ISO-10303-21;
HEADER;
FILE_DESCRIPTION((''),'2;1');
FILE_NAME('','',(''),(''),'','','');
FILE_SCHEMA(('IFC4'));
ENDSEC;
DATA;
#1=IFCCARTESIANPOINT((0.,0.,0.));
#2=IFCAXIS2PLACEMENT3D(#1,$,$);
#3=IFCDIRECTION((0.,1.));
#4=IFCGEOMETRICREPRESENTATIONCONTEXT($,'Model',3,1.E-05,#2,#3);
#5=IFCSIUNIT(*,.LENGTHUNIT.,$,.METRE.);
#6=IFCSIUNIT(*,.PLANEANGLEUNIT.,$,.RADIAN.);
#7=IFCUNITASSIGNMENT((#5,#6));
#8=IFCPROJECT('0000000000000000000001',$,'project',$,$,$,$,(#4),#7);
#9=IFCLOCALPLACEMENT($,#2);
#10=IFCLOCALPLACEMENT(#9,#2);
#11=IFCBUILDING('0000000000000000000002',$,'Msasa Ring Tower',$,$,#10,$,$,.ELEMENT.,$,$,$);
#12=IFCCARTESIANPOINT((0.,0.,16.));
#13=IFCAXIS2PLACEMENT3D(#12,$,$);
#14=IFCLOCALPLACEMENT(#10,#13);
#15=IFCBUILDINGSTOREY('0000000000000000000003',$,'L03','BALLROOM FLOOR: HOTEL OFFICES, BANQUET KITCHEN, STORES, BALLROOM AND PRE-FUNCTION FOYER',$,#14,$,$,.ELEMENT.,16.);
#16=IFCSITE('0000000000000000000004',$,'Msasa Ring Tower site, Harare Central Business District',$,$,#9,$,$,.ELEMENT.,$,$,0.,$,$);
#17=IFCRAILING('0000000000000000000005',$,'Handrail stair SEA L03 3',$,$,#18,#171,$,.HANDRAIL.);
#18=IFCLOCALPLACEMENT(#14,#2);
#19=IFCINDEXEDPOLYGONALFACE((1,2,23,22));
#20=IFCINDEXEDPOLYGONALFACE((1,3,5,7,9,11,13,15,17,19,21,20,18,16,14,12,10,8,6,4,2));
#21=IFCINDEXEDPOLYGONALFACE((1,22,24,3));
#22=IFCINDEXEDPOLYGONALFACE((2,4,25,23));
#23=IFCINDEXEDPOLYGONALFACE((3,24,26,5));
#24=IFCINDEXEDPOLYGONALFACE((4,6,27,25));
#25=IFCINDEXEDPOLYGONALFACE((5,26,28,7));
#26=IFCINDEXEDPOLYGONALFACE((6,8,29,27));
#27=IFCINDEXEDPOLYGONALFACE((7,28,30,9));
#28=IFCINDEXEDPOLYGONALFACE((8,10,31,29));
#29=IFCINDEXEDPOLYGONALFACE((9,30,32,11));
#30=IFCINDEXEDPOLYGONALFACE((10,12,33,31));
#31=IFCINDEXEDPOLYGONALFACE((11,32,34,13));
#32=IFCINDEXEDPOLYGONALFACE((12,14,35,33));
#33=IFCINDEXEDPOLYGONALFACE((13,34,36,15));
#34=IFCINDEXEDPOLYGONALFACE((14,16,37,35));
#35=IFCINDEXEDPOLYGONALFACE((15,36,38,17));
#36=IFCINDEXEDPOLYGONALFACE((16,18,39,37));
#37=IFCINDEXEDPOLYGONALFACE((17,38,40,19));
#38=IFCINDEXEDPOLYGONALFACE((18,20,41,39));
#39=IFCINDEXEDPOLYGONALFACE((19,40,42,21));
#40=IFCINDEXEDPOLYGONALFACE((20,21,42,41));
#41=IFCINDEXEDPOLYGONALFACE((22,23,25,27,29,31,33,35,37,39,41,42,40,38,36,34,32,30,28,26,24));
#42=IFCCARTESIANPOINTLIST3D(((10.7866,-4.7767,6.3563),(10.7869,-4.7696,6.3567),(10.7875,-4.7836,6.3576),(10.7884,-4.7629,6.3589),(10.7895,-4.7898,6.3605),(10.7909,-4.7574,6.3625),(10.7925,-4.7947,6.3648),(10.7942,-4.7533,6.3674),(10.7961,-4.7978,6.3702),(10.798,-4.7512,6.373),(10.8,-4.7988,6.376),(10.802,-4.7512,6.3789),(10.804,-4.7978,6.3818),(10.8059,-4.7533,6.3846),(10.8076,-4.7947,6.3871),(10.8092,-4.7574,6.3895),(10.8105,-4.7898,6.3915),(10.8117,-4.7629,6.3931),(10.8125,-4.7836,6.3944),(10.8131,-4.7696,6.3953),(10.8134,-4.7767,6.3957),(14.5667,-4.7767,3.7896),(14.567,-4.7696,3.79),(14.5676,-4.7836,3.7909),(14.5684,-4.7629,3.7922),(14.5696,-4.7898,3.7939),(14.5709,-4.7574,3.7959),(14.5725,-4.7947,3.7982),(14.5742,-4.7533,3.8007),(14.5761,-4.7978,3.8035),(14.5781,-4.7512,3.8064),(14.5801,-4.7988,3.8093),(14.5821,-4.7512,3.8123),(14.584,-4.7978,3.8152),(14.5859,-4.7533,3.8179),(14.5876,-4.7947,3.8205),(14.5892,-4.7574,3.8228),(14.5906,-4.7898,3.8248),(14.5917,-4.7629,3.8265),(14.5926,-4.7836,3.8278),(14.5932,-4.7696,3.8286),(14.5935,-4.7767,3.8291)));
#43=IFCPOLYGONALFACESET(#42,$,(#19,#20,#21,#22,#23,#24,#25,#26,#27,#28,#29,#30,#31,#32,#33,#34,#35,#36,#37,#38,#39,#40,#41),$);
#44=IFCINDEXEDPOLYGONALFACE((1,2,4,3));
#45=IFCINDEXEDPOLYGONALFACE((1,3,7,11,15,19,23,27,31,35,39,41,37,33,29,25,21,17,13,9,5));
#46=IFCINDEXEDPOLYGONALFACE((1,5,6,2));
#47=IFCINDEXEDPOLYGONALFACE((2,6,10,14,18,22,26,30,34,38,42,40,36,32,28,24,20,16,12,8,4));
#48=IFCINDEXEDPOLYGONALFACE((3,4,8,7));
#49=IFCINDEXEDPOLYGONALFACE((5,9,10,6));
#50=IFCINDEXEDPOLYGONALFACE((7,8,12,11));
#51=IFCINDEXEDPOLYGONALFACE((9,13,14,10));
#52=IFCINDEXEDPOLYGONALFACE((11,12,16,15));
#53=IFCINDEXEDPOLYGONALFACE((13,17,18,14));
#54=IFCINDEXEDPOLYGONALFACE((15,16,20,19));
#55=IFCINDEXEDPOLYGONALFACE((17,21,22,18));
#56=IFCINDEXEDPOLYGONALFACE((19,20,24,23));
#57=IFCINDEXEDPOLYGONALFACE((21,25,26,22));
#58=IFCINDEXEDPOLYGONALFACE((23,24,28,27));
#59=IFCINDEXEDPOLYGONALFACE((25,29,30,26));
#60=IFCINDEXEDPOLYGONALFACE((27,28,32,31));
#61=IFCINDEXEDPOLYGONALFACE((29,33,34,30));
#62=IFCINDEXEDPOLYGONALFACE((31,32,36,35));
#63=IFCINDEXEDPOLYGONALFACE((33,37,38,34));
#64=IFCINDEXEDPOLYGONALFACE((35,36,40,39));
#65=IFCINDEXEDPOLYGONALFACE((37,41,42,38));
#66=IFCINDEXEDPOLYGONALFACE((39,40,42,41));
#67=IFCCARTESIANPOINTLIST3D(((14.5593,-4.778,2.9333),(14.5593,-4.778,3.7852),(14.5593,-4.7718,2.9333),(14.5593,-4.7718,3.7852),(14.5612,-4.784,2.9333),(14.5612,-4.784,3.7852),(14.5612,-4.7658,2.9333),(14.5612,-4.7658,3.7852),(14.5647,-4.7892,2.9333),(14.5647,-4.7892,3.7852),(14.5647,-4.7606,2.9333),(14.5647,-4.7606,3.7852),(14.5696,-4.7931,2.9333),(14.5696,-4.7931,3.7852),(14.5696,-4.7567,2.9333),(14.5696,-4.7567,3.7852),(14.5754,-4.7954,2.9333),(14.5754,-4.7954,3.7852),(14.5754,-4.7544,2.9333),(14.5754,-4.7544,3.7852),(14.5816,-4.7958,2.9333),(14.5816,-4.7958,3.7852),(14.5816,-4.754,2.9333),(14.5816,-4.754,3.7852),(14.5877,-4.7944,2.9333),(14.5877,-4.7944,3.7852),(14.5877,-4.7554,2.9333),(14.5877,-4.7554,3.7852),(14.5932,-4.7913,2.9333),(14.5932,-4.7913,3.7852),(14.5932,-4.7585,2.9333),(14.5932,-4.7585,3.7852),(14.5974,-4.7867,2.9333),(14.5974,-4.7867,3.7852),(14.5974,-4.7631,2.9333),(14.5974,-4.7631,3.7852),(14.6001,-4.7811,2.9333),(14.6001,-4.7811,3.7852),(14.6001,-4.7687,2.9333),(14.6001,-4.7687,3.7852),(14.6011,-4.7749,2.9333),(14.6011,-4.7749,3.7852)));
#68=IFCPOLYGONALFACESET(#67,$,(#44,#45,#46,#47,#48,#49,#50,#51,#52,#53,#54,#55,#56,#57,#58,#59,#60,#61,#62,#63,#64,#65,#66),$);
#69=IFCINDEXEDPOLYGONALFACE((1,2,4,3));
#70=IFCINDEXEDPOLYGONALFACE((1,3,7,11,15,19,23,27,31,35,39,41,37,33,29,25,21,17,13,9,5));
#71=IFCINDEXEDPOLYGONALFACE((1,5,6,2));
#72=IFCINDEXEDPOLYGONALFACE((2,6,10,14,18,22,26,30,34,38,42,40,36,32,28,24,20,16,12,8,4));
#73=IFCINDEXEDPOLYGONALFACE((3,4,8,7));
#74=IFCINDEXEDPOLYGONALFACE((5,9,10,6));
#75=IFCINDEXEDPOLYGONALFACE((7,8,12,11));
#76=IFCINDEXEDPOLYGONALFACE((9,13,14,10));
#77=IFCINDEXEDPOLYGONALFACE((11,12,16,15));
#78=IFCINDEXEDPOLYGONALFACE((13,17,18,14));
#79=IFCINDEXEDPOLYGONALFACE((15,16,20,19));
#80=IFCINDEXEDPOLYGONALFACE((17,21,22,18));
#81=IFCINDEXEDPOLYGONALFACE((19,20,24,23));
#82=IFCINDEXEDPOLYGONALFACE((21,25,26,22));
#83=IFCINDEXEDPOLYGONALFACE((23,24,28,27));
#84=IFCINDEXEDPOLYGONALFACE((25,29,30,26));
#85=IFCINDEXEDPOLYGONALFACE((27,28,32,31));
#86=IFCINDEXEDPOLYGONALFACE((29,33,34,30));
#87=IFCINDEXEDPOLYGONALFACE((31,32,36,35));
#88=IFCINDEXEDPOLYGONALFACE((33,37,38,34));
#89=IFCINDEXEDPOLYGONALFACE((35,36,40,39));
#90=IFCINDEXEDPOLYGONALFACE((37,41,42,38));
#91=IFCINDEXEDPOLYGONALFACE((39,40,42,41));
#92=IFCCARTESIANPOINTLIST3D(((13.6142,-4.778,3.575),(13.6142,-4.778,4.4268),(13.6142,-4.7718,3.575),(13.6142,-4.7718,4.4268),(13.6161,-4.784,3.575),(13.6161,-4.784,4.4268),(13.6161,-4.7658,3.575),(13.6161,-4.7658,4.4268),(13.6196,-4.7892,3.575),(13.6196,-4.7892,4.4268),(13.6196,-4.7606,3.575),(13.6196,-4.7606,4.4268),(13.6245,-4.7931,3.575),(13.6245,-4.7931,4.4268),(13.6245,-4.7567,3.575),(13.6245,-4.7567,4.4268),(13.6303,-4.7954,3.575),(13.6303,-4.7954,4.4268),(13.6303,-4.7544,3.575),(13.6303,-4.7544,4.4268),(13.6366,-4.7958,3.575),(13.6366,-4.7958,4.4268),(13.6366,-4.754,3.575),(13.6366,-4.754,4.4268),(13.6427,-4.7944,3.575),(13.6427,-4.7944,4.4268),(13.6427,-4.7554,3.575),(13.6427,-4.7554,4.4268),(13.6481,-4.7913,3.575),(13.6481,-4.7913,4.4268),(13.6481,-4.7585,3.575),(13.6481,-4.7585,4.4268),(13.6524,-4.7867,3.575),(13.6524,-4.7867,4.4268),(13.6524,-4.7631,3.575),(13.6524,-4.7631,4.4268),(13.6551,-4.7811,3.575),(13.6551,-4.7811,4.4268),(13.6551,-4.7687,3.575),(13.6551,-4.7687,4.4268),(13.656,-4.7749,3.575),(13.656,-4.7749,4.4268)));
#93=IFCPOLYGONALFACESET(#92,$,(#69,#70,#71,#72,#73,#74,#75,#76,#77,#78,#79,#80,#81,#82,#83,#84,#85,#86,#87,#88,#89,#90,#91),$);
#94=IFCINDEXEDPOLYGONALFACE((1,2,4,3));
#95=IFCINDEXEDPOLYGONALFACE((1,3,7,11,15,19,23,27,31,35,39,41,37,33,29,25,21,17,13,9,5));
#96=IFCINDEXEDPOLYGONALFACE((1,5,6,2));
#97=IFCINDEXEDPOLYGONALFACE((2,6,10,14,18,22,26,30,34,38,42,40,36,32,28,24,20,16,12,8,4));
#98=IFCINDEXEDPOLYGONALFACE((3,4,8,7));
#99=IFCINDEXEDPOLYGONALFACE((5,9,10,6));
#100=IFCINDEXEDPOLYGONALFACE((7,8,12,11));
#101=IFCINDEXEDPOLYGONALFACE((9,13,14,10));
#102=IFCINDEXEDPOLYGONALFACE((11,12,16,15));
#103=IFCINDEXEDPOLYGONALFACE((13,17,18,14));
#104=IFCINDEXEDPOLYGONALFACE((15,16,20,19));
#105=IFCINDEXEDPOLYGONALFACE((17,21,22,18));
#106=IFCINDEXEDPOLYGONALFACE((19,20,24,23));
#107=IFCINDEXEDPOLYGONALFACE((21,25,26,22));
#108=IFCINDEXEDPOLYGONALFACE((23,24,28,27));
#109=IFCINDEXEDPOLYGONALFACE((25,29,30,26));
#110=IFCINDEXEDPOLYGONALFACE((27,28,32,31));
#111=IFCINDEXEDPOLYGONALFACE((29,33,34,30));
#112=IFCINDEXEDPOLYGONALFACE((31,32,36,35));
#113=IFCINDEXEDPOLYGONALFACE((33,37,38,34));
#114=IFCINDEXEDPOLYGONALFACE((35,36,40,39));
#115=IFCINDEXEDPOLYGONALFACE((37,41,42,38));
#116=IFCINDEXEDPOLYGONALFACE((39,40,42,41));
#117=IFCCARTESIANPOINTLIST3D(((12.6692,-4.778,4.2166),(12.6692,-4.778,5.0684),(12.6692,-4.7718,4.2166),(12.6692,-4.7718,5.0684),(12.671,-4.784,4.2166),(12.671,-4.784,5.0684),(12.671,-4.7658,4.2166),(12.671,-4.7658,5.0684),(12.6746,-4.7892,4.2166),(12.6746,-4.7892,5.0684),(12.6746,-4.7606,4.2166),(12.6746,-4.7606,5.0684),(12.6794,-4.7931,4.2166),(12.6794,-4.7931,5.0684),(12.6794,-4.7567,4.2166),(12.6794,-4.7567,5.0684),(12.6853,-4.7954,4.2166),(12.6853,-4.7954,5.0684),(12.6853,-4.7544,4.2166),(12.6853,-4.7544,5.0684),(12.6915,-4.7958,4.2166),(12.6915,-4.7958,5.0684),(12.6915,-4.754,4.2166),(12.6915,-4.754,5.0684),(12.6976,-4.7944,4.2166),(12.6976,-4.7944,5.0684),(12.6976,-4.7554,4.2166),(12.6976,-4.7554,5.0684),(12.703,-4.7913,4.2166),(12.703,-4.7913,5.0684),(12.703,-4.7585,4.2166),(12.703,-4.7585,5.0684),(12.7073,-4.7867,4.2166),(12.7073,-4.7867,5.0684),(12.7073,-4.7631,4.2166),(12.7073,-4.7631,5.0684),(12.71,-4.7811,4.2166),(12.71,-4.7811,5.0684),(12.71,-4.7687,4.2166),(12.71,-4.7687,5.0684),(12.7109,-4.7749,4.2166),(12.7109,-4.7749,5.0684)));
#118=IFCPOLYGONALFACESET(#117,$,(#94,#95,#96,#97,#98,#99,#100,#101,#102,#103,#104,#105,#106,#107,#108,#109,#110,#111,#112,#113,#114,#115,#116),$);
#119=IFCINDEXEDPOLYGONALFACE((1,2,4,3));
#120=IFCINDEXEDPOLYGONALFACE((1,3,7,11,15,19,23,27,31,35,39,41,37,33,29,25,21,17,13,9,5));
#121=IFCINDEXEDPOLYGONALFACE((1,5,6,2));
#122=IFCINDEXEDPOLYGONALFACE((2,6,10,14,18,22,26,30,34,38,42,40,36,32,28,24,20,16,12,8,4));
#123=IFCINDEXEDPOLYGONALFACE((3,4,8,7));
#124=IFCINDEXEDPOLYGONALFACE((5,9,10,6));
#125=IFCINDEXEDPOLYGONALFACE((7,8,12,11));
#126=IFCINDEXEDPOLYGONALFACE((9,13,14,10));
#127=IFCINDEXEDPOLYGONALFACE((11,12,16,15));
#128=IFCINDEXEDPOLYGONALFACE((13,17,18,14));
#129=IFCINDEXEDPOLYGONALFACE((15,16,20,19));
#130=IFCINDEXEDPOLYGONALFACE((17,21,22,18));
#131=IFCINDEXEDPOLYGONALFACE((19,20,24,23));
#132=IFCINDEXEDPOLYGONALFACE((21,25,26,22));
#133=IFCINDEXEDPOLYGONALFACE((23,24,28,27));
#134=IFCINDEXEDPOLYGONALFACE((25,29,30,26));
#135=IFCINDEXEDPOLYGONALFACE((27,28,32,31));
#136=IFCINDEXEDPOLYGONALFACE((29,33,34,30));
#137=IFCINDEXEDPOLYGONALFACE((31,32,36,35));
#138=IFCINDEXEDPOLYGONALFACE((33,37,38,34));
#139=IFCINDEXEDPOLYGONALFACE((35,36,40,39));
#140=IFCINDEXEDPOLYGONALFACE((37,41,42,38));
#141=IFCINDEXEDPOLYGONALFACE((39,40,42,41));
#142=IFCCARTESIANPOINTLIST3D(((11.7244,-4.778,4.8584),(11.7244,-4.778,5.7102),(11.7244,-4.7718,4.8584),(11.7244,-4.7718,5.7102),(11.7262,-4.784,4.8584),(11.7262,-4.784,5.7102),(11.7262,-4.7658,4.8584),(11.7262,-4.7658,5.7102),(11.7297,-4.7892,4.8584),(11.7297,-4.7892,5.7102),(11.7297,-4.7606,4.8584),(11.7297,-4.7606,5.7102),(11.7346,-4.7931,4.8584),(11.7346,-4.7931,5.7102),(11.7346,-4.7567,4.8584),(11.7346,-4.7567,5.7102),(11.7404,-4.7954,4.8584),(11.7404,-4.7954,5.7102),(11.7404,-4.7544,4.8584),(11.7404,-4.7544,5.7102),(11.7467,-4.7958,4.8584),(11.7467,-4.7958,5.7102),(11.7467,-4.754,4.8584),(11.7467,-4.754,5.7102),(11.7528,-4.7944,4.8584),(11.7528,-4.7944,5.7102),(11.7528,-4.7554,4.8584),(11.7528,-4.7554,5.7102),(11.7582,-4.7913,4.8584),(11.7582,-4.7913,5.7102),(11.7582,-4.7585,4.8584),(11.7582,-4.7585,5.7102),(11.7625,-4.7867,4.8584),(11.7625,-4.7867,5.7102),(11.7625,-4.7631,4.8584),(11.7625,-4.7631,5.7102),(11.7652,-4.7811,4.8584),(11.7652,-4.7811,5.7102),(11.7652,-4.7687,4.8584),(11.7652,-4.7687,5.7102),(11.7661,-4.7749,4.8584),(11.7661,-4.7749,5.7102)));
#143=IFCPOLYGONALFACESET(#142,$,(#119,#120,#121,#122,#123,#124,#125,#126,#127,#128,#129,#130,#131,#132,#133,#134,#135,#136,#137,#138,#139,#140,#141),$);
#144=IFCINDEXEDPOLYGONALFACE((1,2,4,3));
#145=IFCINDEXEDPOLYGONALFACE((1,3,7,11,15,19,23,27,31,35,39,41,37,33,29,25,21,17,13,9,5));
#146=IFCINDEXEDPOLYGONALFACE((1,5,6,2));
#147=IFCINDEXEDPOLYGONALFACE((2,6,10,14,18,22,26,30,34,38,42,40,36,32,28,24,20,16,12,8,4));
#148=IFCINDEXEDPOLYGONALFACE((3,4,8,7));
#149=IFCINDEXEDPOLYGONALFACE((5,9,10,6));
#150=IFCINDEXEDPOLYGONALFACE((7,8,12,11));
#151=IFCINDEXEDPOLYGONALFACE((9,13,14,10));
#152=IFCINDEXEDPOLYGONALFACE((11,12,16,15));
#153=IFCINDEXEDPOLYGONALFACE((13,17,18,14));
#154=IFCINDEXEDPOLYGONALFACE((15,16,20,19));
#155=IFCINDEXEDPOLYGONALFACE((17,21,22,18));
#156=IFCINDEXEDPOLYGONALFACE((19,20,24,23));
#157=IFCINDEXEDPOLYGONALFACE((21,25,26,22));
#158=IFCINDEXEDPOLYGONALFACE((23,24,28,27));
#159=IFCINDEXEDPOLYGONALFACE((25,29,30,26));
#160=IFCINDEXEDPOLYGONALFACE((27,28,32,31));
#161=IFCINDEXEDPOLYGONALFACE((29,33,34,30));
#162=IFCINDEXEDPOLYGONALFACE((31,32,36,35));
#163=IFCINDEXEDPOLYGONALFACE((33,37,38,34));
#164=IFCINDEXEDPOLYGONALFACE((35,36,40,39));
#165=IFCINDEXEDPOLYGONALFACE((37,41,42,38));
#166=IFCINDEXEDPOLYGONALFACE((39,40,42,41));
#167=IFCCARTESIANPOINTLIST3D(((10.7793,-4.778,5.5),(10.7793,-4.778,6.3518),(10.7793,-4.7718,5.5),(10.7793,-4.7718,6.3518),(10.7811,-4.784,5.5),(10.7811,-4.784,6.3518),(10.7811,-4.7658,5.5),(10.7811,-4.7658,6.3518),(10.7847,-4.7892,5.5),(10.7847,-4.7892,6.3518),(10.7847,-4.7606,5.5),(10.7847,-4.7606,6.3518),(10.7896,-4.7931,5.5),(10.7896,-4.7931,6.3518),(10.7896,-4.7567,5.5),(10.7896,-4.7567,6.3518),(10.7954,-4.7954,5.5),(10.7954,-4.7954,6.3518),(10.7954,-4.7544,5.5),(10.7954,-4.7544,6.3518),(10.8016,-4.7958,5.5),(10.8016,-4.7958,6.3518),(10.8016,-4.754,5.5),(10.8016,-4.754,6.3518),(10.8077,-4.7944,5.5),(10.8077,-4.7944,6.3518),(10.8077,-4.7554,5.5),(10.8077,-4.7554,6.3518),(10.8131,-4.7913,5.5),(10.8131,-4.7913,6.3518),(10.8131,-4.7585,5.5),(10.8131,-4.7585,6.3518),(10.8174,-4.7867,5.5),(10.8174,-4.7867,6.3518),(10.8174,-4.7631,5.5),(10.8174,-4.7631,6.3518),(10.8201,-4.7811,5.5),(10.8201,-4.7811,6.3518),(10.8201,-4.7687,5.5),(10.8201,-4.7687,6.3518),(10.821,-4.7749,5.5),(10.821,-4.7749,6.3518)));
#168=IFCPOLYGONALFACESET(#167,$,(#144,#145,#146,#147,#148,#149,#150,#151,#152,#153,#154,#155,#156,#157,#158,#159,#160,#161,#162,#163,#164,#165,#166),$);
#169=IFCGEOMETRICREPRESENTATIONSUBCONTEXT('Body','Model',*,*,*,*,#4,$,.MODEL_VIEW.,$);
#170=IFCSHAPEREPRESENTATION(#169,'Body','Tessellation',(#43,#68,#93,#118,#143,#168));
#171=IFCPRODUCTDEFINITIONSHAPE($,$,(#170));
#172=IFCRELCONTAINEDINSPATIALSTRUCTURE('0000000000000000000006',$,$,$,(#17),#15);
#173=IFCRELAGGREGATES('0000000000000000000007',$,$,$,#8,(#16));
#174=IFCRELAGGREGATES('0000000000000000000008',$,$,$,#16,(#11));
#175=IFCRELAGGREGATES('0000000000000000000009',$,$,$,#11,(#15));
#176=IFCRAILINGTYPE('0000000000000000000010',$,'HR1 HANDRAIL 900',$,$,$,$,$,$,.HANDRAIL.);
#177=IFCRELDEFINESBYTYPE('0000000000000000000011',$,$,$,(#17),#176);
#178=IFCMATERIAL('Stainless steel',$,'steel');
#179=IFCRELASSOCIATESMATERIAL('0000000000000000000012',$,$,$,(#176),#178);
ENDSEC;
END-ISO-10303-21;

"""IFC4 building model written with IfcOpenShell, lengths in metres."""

from ifc_helpers import new_model, si_unit, direction, frame, origin, origin_2d, place, context, subcontext, project, spatial, circle, extrude, material, type_object, element, save


model = new_model("IFC4")

# Units and contexts
model_context = context("Model", 3, precision=1e-05, world=origin(), true_north=direction((0.0, 1.0)))
body_context = subcontext(model_context, "Body", "Model", "MODEL_VIEW")
ifc_project = project(units=[si_unit("LENGTHUNIT", "METRE"), si_unit("PLANEANGLEUNIT", "RADIAN")], contexts=[model_context])

# Site, building, storey
site_placement = place(None, origin())
site = spatial("IfcSite", under=ifc_project, at=site_placement, Name="Msasa Ring Tower site, Harare Central Business District", CompositionType="ELEMENT", RefElevation=0.0)
building_placement = place(site_placement, origin())
building = spatial("IfcBuilding", under=site, at=building_placement, Name="Msasa Ring Tower", CompositionType="ELEMENT")
storey_placement = place(building_placement, frame((0.0, 0.0, 16.0)))
storey = spatial("IfcBuildingStorey", under=building, at=storey_placement, Name="L03", Description="BALLROOM FLOOR: HOTEL OFFICES, BANQUET KITCHEN, STORES, BALLROOM AND PRE-FUNCTION FOYER", CompositionType="ELEMENT", Elevation=16.0)

# Railing
ifc_material_1 = material(Name="Stainless steel", Category="steel")
railing_type = type_object("IfcRailingType", Name="HR1 HANDRAIL 900", PredefinedType="HANDRAIL", material=ifc_material_1)
for number, where, name in (
    (1, (14.5801, -4.7749, 2.9333), "Handrail stair SEA L03 3"),
):
    element("IfcRailing", number, at=place(storey_placement, frame(where)), inside=storey, type_object=railing_type, Name=name, PredefinedType="HANDRAIL", context=body_context, shape_type="SweptSolid", body=[
        extrude(circle(Radius=0.0239, at=origin_2d()), frame((0.0, 0.0, 0.876), z_axis=(-0.82731, 0.0, 0.561746), x_axis=(0.0, -1.0, 0.0)), (0.0, 0.0, 1.0), 4.5691),
        extrude(circle(Radius=0.021, at=origin_2d()), origin(), (0.0, 0.0, 1.0), 0.8518),
        extrude(circle(Radius=0.021, at=origin_2d()), frame((-0.9451, 0.0, 0.6416)), (0.0, 0.0, 1.0), 0.8518),
        extrude(circle(Radius=0.021, at=origin_2d()), frame((-1.8901, 0.0, 1.2832)), (0.0, 0.0, 1.0), 0.8518),
        extrude(circle(Radius=0.021, at=origin_2d()), frame((-2.835, 0.0, 1.925)), (0.0, 0.0, 1.0), 0.8518),
        extrude(circle(Radius=0.021, at=origin_2d()), frame((-3.78, 0.0, 2.5667)), (0.0, 0.0, 1.0), 0.8518),
    ])

save(model, "model.ifc")
